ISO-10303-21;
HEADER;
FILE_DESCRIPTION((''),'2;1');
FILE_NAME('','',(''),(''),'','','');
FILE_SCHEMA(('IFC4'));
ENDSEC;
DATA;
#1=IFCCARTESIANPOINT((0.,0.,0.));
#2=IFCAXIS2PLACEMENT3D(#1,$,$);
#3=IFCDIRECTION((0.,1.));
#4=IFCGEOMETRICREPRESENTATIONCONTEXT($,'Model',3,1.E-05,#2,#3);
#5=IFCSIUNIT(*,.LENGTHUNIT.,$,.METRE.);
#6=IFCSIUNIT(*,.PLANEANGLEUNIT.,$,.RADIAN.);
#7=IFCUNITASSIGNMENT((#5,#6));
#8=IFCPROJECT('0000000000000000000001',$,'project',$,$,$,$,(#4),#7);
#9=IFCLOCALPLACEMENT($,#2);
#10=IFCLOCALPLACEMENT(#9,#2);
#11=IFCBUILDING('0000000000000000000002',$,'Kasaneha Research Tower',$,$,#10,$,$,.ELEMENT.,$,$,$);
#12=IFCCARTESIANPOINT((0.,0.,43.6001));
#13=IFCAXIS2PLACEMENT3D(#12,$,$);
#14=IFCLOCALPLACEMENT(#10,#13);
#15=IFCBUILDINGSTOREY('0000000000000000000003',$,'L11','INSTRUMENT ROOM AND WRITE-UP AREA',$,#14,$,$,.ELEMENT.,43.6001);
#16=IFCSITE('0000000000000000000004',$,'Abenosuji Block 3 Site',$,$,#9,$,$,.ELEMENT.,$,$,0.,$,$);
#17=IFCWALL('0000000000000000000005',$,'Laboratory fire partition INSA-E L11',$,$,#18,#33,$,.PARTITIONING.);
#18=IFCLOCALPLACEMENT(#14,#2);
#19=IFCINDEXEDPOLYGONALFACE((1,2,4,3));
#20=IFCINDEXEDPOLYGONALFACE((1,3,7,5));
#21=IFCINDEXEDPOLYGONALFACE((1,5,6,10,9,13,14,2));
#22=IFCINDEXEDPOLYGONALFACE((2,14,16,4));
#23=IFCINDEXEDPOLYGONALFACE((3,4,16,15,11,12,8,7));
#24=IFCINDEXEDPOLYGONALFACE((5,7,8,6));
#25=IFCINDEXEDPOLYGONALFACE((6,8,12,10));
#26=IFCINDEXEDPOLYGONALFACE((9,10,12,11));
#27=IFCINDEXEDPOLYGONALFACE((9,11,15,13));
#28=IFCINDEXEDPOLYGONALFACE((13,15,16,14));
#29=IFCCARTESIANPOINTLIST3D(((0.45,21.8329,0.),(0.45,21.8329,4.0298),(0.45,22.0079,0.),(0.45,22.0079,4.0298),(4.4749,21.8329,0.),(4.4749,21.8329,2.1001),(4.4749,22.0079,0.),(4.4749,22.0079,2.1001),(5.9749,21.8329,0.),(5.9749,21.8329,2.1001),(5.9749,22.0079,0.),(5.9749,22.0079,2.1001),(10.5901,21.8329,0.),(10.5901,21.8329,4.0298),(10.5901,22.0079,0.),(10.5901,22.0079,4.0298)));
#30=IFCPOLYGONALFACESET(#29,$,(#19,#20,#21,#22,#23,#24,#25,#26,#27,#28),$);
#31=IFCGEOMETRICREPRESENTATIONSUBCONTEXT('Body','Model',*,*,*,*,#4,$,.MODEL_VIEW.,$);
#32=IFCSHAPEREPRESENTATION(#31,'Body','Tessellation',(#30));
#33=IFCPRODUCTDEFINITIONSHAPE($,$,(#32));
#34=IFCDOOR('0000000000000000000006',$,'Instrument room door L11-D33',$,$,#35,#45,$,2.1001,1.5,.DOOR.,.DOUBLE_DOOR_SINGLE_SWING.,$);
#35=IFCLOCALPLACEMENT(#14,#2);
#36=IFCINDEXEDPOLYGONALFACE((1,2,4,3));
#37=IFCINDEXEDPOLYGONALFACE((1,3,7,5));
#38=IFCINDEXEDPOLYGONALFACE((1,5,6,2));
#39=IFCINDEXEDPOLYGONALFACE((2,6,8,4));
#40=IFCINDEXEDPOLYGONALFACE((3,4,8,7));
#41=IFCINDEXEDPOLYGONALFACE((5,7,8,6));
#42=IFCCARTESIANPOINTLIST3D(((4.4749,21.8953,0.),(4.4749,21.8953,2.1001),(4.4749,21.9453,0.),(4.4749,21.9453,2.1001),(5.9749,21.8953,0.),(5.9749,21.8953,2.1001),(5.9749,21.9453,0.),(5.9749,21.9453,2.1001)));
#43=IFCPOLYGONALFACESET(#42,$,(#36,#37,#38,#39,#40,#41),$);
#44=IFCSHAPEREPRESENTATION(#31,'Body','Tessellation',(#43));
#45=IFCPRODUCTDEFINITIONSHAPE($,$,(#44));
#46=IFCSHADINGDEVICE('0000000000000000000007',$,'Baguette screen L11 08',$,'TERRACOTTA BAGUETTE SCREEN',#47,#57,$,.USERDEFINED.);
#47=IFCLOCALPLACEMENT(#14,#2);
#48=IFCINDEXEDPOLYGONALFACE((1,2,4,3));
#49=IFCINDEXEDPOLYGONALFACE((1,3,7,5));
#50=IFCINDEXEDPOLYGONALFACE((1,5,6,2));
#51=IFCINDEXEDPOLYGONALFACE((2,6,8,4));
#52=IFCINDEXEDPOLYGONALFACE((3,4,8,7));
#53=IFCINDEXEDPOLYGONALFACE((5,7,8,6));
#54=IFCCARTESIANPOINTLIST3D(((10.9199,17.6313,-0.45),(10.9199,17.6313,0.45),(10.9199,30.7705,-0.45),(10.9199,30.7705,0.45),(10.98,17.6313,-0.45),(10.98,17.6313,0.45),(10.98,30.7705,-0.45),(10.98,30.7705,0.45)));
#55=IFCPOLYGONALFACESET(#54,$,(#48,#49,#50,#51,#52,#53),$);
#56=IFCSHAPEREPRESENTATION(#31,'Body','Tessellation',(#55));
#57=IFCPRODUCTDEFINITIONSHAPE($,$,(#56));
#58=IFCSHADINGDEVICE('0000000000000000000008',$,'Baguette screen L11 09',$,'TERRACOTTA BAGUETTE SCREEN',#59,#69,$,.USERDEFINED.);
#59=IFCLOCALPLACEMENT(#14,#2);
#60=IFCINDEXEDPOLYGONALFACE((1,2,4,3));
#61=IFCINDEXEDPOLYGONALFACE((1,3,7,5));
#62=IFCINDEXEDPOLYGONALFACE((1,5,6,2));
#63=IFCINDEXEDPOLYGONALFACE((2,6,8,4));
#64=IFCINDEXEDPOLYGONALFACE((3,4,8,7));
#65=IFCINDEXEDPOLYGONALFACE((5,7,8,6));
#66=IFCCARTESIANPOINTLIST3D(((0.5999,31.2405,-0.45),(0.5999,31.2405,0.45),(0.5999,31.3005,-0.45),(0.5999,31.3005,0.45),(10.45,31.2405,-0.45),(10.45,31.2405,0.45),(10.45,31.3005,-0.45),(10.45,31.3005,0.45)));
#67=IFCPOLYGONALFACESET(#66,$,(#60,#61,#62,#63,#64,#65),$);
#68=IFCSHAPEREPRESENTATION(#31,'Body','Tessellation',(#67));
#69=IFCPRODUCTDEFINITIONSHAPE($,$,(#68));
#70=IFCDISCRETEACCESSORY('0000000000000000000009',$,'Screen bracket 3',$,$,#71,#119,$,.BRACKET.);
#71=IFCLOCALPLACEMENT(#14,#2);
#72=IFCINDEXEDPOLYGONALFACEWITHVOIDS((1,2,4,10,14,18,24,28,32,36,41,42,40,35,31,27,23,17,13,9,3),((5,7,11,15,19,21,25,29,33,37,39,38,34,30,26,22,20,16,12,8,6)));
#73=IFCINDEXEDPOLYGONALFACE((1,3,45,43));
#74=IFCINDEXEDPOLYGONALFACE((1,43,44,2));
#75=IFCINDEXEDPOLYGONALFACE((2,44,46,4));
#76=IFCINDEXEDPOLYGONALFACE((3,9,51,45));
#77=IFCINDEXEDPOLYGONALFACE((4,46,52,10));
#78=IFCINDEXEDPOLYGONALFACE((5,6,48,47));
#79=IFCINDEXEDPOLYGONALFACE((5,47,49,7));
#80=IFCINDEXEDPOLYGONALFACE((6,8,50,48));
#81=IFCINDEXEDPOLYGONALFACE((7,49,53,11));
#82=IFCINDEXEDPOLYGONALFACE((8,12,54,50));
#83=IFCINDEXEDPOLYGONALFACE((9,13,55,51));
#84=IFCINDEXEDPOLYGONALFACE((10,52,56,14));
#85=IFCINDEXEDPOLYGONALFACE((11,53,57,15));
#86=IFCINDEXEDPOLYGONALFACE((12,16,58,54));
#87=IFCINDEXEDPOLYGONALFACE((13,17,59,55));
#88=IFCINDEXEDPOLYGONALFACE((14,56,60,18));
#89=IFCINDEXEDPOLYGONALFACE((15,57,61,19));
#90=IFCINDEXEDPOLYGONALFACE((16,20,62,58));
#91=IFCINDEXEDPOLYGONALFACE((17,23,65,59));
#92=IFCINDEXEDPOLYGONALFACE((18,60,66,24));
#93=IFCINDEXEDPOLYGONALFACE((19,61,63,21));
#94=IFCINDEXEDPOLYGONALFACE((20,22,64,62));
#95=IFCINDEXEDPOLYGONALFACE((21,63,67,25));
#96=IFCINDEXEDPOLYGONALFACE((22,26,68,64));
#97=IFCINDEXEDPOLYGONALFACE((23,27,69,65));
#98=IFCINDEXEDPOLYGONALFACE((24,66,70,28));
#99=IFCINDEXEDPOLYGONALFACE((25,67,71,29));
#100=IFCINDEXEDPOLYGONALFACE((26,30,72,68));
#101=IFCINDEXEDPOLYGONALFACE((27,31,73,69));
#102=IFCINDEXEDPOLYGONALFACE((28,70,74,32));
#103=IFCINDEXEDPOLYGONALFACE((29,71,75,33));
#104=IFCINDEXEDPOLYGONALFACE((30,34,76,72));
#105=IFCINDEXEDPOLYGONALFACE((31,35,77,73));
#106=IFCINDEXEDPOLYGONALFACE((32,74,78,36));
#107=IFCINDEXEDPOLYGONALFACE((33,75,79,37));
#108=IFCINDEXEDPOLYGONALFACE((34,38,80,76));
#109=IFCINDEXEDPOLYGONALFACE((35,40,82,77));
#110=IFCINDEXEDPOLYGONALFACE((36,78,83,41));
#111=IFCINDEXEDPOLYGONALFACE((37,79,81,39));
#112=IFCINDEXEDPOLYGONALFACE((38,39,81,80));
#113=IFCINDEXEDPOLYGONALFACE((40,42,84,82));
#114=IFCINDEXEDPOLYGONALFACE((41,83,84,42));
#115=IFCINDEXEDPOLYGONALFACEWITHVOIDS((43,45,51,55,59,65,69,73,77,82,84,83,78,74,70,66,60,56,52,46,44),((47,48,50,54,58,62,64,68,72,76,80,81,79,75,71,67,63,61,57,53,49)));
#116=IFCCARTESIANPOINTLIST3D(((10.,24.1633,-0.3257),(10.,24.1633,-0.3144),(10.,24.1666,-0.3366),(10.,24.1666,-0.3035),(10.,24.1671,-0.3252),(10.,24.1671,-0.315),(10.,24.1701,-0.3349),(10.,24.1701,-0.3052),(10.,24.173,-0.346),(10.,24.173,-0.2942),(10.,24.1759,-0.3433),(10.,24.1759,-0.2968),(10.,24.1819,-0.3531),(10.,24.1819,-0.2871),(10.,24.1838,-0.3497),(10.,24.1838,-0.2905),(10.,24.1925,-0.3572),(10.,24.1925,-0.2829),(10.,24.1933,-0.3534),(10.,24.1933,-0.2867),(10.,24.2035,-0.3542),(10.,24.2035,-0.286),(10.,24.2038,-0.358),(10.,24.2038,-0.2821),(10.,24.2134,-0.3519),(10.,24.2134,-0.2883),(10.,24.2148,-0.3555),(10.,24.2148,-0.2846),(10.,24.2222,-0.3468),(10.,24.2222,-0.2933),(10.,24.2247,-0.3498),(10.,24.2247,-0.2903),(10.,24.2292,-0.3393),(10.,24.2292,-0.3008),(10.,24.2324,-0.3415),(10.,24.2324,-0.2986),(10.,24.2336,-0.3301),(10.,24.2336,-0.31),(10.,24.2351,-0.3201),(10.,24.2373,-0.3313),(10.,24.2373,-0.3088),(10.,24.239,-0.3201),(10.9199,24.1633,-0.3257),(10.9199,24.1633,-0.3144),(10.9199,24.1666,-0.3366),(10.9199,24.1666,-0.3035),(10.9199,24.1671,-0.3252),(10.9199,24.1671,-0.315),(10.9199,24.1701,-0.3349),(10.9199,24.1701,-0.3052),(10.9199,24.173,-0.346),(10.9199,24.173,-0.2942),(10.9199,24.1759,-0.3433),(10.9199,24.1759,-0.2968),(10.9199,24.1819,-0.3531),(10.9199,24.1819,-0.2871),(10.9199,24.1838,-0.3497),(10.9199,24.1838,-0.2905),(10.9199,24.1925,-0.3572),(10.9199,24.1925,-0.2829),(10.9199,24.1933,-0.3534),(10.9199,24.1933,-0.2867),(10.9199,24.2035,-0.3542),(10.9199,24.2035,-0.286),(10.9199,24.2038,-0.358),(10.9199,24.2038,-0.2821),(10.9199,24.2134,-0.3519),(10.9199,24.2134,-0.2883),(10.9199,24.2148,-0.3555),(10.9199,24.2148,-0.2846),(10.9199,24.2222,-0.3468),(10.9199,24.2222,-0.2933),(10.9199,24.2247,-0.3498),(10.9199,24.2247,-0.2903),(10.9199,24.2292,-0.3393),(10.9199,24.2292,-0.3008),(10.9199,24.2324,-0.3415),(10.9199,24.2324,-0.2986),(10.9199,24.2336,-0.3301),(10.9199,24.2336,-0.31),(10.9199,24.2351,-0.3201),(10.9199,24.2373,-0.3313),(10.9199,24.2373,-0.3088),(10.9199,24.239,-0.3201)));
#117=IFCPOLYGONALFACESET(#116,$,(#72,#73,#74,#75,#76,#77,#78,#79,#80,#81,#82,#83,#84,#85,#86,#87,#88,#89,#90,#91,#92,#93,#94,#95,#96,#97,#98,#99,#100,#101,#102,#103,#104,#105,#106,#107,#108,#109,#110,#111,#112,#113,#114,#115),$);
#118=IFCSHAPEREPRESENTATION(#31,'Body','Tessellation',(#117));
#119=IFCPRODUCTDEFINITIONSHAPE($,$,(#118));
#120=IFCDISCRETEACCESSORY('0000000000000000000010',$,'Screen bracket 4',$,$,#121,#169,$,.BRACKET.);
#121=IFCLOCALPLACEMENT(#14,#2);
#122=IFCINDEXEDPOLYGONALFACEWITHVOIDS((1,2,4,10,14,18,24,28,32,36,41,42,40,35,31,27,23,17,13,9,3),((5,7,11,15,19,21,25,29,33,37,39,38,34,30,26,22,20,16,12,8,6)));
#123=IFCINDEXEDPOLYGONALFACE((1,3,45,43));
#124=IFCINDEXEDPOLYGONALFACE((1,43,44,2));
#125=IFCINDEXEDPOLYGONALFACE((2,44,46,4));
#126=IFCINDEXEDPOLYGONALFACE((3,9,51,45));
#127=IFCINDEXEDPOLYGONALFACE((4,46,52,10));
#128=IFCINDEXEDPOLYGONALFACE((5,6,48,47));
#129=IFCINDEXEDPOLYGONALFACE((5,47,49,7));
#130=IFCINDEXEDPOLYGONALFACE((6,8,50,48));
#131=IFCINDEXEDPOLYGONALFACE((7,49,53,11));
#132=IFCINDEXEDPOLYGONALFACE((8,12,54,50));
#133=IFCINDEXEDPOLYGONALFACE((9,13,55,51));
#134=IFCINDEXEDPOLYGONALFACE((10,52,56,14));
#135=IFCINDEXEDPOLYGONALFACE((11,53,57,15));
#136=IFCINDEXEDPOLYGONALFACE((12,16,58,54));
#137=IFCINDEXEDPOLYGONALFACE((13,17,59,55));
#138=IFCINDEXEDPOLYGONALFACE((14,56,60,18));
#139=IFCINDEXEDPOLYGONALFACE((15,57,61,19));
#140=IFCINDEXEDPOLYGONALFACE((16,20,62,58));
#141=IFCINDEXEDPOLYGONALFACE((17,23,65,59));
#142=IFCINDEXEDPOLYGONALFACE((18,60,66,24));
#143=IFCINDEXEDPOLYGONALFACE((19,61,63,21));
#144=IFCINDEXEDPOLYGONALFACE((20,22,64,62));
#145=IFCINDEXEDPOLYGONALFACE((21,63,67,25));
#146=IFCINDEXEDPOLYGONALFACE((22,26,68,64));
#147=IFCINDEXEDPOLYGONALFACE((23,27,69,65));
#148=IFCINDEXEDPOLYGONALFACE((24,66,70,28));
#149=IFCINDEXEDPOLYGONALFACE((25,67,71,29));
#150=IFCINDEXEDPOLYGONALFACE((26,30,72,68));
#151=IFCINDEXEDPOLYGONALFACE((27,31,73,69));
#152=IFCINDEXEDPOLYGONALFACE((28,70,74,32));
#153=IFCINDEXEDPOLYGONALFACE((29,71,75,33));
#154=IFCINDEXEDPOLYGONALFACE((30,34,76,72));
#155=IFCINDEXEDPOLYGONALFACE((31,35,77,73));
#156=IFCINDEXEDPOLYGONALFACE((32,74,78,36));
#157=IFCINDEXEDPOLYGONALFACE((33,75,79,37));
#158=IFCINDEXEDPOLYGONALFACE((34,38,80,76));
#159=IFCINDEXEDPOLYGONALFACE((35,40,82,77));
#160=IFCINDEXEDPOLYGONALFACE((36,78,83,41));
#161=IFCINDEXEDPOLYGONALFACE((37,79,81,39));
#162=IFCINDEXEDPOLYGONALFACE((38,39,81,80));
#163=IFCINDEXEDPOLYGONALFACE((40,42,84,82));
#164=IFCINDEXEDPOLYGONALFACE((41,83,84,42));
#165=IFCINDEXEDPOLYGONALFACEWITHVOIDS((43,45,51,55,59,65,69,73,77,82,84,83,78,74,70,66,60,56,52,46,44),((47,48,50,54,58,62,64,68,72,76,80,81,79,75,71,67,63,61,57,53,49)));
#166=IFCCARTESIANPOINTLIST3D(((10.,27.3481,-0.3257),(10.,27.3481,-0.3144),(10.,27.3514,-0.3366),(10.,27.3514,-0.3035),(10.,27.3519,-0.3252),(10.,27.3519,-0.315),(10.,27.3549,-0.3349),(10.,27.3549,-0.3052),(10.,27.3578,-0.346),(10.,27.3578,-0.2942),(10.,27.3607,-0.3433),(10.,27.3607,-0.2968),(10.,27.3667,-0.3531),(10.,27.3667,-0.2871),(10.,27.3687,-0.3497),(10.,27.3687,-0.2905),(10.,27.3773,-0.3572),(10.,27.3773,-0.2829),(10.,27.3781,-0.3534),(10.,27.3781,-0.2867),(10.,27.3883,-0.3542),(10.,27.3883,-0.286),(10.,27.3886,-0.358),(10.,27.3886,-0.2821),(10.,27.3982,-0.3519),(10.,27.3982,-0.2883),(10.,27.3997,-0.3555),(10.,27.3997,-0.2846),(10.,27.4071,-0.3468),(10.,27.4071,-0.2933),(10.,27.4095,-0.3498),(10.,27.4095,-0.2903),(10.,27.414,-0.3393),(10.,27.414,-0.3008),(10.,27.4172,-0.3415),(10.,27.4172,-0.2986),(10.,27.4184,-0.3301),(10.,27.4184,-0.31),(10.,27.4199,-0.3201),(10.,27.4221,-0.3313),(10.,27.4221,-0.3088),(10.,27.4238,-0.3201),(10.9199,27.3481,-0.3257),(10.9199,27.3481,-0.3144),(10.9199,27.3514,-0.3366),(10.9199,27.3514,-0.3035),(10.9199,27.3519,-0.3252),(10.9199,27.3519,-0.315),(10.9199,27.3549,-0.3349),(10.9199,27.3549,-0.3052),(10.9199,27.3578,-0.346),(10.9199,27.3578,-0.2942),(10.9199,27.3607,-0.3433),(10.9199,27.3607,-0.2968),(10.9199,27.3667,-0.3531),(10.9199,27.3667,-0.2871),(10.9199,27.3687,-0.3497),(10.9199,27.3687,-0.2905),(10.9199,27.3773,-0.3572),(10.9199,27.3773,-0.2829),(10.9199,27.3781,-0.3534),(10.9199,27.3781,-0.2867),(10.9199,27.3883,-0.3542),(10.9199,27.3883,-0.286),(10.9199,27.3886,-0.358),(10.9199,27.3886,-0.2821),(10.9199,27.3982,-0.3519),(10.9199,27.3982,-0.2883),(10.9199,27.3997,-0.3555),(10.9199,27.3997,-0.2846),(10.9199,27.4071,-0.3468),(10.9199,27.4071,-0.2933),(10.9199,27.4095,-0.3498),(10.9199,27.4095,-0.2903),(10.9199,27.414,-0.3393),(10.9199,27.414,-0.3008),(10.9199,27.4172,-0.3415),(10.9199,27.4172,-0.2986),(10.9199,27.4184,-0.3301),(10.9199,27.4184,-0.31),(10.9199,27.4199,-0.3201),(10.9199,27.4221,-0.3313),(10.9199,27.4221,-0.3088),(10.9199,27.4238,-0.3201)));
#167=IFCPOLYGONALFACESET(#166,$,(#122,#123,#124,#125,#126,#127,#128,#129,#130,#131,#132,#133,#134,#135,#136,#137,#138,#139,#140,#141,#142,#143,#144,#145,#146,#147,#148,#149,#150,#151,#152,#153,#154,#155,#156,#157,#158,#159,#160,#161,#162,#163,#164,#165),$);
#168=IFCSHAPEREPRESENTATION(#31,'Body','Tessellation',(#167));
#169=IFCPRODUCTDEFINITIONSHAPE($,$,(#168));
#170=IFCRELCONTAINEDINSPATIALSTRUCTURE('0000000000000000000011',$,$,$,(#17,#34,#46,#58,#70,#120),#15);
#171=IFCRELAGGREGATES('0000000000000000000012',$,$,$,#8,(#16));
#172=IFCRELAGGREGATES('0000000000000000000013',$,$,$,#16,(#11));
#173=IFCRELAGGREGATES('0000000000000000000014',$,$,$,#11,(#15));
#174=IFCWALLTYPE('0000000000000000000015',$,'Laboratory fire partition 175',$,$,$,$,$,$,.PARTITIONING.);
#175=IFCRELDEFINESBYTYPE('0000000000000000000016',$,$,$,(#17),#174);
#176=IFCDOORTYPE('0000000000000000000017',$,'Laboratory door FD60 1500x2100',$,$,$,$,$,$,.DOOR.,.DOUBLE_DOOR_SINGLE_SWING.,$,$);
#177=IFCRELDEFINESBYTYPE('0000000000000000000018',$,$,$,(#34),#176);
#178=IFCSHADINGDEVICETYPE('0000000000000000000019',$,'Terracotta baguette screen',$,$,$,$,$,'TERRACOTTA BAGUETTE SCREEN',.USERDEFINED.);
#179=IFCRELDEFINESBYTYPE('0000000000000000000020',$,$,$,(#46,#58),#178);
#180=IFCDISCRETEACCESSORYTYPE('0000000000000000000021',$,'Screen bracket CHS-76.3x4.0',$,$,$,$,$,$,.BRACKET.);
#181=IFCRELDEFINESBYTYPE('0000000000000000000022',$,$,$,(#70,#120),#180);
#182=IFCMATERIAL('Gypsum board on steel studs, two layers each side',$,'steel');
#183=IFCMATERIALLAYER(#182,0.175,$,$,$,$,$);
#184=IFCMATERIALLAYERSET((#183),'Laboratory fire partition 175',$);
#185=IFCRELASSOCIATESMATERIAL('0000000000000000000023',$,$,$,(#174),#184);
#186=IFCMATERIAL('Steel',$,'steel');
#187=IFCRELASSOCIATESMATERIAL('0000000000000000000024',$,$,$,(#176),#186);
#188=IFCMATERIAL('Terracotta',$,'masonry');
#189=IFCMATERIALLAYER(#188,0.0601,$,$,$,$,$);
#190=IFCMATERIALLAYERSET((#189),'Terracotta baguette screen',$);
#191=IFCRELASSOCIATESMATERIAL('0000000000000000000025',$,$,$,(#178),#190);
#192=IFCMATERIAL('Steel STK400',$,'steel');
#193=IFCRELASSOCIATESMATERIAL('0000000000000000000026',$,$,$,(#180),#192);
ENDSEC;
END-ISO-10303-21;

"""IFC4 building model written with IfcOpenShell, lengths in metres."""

from ifc_helpers import new_model, si_unit, direction, frame, frame_2d, origin, origin_2d, place, context, subcontext, project, spatial, rectangle, hollow_circle, extrude, material, layer, layer_set, material_profile, profile_set, type_object, element, fill, save


model = new_model("IFC4")

# Units and contexts
model_context = context("Model", 3, precision=1e-05, world=origin(), true_north=direction((0.0, 1.0)))
body_context = subcontext(model_context, "Body", "Model", "MODEL_VIEW")
ifc_project = project(units=[si_unit("LENGTHUNIT", "METRE"), si_unit("PLANEANGLEUNIT", "RADIAN")], contexts=[model_context])

# Site, building, storey
site_placement = place(None, origin())
site = spatial("IfcSite", under=ifc_project, at=site_placement, Name="Abenosuji Block 3 Site", CompositionType="ELEMENT", RefElevation=0.0)
building_placement = place(site_placement, origin())
building = spatial("IfcBuilding", under=site, at=building_placement, Name="Kasaneha Research Tower", CompositionType="ELEMENT")
storey_placement = place(building_placement, frame((0.0, 0.0, 43.6001)))
storey = spatial("IfcBuildingStorey", under=building, at=storey_placement, Name="L11", Description="INSTRUMENT ROOM AND WRITE-UP AREA", CompositionType="ELEMENT", Elevation=43.6001)

# Wall, opening, door
ifc_material_1 = material(Name="Gypsum board on steel studs, two layers each side", Category="steel")
ifc_layer_1 = layer(ifc_material_1, 0.175)
ifc_layer_set_1 = layer_set([ifc_layer_1], Name="Laboratory fire partition 175")
wall_type = type_object("IfcWallType", Name="Laboratory fire partition 175", PredefinedType="PARTITIONING", material=ifc_layer_set_1)
wall_placement = place(storey_placement, frame((0.45, 21.9204, 0.0), z_axis=(0.0, 0.0, 1.0), x_axis=(1.0, 0.0, 0.0)))
wall = element("IfcWall", 1, at=wall_placement, inside=storey, type_object=wall_type, Name="Laboratory fire partition INSA-E L11", PredefinedType="PARTITIONING", context=body_context, shape_type="SweptSolid", body=[
    extrude(rectangle(XDim=10.1401, YDim=0.175, at=frame_2d((5.0701, 0.0))), origin(), (0.0, 0.0, 1.0), 4.0298),
])
opening_placement = place(wall_placement, frame((4.0249, 0.0, 0.0)))
opening = element("IfcOpeningElement", 2, at=opening_placement, cuts=wall, PredefinedType="OPENING", context=body_context, shape_type="SweptSolid", body=[
    extrude(rectangle(XDim=1.5, YDim=2.1001, at=frame_2d((0.75, 1.05))), frame((0.0, 0.0977, 0.0), z_axis=(0.0, -1.0, 0.0), x_axis=(1.0, 0.0, 0.0)), (0.0, 0.0, 1.0), 0.1951),
])
ifc_material_2 = material(Name="Steel", Category="steel")
door_type = type_object("IfcDoorType", Name="Laboratory door FD60 1500x2100", OperationType="DOUBLE_DOOR_SINGLE_SWING", PredefinedType="DOOR", material=ifc_material_2)
door_placement = place(opening_placement, origin())
door = element("IfcDoor", 3, at=door_placement, inside=storey, type_object=door_type, Name="Instrument room door L11-D33", OperationType="DOUBLE_DOOR_SINGLE_SWING", OverallHeight=2.1001, OverallWidth=1.5, PredefinedType="DOOR", context=body_context, shape_type="SweptSolid", body=[
    extrude(rectangle(XDim=1.5, YDim=2.1001, at=frame_2d((0.75, 1.05))), frame((0.0, 0.0249, 0.0), z_axis=(0.0, -1.0, 0.0), x_axis=(1.0, 0.0, 0.0)), (0.0, 0.0, 1.0), 0.05),
])
fill(opening, door)

# Shading devices
ifc_material_3 = material(Name="Terracotta", Category="masonry")
ifc_layer_2 = layer(ifc_material_3, 0.0601)
ifc_layer_set_2 = layer_set([ifc_layer_2], Name="Terracotta baguette screen")
shading_device_type = type_object("IfcShadingDeviceType", Name="Terracotta baguette screen", ElementType="TERRACOTTA BAGUETTE SCREEN", PredefinedType="USERDEFINED", material=ifc_layer_set_2)
shading_device_1_placement = place(storey_placement, frame((10.95, 24.2009, -0.45), z_axis=(0.0, 0.0, 1.0), x_axis=(0.0, 1.0, 0.0)))
element("IfcShadingDevice", 4, at=shading_device_1_placement, inside=storey, type_object=shading_device_type, Name="Baguette screen L11 08", ObjectType="TERRACOTTA BAGUETTE SCREEN", PredefinedType="USERDEFINED", context=body_context, shape_type="SweptSolid", body=[
    extrude(rectangle(XDim=13.1392, YDim=0.0601, at=origin_2d()), origin(), (0.0, 0.0, 1.0), 0.8999),
])
shading_device_2_placement = place(storey_placement, frame((5.5249, 31.2705, -0.45), z_axis=(0.0, 0.0, 1.0), x_axis=(-1.0, 0.0, 0.0)))
element("IfcShadingDevice", 5, at=shading_device_2_placement, inside=storey, type_object=shading_device_type, Name="Baguette screen L11 09", ObjectType="TERRACOTTA BAGUETTE SCREEN", PredefinedType="USERDEFINED", context=body_context, shape_type="SweptSolid", body=[
    extrude(rectangle(XDim=9.8501, YDim=0.0601, at=origin_2d()), origin(), (0.0, 0.0, 1.0), 0.8999),
])

# Discrete accessories
ifc_material_4 = material(Name="Steel STK400", Category="steel")
ifc_material_profile_1 = material_profile(ifc_material_4, hollow_circle(Radius=0.0381, WallThickness=0.0039, at=origin_2d()), Name="CHS-76.3x4.0")
ifc_profile_set_1 = profile_set([ifc_material_profile_1], Name="Steel STK400")
discrete_accessory_type = type_object("IfcDiscreteAccessoryType", Name="Screen bracket CHS-76.3x4.0", PredefinedType="BRACKET", material=ifc_profile_set_1)
for number, where, z_axis, x_axis, name in (
    (6, (10.0, 24.2009, -0.3201), (1.0, 0.0, 0.0), (0.0, 1.0, 0.0), "Screen bracket 3"),
    (7, (10.0, 27.3857, -0.3201), (1.0, 0.0, 0.0), (0.0, 1.0, 0.0), "Screen bracket 4"),
):
    element("IfcDiscreteAccessory", number, at=place(storey_placement, frame(where, z_axis=z_axis, x_axis=x_axis)), inside=storey, type_object=discrete_accessory_type, Name=name, PredefinedType="BRACKET", context=body_context, shape_type="SweptSolid", body=[
        extrude(hollow_circle(Radius=0.0381, WallThickness=0.0039, at=origin_2d()), origin(), (0.0, 0.0, 1.0), 0.9199),
    ])

save(model, "model.ifc")
